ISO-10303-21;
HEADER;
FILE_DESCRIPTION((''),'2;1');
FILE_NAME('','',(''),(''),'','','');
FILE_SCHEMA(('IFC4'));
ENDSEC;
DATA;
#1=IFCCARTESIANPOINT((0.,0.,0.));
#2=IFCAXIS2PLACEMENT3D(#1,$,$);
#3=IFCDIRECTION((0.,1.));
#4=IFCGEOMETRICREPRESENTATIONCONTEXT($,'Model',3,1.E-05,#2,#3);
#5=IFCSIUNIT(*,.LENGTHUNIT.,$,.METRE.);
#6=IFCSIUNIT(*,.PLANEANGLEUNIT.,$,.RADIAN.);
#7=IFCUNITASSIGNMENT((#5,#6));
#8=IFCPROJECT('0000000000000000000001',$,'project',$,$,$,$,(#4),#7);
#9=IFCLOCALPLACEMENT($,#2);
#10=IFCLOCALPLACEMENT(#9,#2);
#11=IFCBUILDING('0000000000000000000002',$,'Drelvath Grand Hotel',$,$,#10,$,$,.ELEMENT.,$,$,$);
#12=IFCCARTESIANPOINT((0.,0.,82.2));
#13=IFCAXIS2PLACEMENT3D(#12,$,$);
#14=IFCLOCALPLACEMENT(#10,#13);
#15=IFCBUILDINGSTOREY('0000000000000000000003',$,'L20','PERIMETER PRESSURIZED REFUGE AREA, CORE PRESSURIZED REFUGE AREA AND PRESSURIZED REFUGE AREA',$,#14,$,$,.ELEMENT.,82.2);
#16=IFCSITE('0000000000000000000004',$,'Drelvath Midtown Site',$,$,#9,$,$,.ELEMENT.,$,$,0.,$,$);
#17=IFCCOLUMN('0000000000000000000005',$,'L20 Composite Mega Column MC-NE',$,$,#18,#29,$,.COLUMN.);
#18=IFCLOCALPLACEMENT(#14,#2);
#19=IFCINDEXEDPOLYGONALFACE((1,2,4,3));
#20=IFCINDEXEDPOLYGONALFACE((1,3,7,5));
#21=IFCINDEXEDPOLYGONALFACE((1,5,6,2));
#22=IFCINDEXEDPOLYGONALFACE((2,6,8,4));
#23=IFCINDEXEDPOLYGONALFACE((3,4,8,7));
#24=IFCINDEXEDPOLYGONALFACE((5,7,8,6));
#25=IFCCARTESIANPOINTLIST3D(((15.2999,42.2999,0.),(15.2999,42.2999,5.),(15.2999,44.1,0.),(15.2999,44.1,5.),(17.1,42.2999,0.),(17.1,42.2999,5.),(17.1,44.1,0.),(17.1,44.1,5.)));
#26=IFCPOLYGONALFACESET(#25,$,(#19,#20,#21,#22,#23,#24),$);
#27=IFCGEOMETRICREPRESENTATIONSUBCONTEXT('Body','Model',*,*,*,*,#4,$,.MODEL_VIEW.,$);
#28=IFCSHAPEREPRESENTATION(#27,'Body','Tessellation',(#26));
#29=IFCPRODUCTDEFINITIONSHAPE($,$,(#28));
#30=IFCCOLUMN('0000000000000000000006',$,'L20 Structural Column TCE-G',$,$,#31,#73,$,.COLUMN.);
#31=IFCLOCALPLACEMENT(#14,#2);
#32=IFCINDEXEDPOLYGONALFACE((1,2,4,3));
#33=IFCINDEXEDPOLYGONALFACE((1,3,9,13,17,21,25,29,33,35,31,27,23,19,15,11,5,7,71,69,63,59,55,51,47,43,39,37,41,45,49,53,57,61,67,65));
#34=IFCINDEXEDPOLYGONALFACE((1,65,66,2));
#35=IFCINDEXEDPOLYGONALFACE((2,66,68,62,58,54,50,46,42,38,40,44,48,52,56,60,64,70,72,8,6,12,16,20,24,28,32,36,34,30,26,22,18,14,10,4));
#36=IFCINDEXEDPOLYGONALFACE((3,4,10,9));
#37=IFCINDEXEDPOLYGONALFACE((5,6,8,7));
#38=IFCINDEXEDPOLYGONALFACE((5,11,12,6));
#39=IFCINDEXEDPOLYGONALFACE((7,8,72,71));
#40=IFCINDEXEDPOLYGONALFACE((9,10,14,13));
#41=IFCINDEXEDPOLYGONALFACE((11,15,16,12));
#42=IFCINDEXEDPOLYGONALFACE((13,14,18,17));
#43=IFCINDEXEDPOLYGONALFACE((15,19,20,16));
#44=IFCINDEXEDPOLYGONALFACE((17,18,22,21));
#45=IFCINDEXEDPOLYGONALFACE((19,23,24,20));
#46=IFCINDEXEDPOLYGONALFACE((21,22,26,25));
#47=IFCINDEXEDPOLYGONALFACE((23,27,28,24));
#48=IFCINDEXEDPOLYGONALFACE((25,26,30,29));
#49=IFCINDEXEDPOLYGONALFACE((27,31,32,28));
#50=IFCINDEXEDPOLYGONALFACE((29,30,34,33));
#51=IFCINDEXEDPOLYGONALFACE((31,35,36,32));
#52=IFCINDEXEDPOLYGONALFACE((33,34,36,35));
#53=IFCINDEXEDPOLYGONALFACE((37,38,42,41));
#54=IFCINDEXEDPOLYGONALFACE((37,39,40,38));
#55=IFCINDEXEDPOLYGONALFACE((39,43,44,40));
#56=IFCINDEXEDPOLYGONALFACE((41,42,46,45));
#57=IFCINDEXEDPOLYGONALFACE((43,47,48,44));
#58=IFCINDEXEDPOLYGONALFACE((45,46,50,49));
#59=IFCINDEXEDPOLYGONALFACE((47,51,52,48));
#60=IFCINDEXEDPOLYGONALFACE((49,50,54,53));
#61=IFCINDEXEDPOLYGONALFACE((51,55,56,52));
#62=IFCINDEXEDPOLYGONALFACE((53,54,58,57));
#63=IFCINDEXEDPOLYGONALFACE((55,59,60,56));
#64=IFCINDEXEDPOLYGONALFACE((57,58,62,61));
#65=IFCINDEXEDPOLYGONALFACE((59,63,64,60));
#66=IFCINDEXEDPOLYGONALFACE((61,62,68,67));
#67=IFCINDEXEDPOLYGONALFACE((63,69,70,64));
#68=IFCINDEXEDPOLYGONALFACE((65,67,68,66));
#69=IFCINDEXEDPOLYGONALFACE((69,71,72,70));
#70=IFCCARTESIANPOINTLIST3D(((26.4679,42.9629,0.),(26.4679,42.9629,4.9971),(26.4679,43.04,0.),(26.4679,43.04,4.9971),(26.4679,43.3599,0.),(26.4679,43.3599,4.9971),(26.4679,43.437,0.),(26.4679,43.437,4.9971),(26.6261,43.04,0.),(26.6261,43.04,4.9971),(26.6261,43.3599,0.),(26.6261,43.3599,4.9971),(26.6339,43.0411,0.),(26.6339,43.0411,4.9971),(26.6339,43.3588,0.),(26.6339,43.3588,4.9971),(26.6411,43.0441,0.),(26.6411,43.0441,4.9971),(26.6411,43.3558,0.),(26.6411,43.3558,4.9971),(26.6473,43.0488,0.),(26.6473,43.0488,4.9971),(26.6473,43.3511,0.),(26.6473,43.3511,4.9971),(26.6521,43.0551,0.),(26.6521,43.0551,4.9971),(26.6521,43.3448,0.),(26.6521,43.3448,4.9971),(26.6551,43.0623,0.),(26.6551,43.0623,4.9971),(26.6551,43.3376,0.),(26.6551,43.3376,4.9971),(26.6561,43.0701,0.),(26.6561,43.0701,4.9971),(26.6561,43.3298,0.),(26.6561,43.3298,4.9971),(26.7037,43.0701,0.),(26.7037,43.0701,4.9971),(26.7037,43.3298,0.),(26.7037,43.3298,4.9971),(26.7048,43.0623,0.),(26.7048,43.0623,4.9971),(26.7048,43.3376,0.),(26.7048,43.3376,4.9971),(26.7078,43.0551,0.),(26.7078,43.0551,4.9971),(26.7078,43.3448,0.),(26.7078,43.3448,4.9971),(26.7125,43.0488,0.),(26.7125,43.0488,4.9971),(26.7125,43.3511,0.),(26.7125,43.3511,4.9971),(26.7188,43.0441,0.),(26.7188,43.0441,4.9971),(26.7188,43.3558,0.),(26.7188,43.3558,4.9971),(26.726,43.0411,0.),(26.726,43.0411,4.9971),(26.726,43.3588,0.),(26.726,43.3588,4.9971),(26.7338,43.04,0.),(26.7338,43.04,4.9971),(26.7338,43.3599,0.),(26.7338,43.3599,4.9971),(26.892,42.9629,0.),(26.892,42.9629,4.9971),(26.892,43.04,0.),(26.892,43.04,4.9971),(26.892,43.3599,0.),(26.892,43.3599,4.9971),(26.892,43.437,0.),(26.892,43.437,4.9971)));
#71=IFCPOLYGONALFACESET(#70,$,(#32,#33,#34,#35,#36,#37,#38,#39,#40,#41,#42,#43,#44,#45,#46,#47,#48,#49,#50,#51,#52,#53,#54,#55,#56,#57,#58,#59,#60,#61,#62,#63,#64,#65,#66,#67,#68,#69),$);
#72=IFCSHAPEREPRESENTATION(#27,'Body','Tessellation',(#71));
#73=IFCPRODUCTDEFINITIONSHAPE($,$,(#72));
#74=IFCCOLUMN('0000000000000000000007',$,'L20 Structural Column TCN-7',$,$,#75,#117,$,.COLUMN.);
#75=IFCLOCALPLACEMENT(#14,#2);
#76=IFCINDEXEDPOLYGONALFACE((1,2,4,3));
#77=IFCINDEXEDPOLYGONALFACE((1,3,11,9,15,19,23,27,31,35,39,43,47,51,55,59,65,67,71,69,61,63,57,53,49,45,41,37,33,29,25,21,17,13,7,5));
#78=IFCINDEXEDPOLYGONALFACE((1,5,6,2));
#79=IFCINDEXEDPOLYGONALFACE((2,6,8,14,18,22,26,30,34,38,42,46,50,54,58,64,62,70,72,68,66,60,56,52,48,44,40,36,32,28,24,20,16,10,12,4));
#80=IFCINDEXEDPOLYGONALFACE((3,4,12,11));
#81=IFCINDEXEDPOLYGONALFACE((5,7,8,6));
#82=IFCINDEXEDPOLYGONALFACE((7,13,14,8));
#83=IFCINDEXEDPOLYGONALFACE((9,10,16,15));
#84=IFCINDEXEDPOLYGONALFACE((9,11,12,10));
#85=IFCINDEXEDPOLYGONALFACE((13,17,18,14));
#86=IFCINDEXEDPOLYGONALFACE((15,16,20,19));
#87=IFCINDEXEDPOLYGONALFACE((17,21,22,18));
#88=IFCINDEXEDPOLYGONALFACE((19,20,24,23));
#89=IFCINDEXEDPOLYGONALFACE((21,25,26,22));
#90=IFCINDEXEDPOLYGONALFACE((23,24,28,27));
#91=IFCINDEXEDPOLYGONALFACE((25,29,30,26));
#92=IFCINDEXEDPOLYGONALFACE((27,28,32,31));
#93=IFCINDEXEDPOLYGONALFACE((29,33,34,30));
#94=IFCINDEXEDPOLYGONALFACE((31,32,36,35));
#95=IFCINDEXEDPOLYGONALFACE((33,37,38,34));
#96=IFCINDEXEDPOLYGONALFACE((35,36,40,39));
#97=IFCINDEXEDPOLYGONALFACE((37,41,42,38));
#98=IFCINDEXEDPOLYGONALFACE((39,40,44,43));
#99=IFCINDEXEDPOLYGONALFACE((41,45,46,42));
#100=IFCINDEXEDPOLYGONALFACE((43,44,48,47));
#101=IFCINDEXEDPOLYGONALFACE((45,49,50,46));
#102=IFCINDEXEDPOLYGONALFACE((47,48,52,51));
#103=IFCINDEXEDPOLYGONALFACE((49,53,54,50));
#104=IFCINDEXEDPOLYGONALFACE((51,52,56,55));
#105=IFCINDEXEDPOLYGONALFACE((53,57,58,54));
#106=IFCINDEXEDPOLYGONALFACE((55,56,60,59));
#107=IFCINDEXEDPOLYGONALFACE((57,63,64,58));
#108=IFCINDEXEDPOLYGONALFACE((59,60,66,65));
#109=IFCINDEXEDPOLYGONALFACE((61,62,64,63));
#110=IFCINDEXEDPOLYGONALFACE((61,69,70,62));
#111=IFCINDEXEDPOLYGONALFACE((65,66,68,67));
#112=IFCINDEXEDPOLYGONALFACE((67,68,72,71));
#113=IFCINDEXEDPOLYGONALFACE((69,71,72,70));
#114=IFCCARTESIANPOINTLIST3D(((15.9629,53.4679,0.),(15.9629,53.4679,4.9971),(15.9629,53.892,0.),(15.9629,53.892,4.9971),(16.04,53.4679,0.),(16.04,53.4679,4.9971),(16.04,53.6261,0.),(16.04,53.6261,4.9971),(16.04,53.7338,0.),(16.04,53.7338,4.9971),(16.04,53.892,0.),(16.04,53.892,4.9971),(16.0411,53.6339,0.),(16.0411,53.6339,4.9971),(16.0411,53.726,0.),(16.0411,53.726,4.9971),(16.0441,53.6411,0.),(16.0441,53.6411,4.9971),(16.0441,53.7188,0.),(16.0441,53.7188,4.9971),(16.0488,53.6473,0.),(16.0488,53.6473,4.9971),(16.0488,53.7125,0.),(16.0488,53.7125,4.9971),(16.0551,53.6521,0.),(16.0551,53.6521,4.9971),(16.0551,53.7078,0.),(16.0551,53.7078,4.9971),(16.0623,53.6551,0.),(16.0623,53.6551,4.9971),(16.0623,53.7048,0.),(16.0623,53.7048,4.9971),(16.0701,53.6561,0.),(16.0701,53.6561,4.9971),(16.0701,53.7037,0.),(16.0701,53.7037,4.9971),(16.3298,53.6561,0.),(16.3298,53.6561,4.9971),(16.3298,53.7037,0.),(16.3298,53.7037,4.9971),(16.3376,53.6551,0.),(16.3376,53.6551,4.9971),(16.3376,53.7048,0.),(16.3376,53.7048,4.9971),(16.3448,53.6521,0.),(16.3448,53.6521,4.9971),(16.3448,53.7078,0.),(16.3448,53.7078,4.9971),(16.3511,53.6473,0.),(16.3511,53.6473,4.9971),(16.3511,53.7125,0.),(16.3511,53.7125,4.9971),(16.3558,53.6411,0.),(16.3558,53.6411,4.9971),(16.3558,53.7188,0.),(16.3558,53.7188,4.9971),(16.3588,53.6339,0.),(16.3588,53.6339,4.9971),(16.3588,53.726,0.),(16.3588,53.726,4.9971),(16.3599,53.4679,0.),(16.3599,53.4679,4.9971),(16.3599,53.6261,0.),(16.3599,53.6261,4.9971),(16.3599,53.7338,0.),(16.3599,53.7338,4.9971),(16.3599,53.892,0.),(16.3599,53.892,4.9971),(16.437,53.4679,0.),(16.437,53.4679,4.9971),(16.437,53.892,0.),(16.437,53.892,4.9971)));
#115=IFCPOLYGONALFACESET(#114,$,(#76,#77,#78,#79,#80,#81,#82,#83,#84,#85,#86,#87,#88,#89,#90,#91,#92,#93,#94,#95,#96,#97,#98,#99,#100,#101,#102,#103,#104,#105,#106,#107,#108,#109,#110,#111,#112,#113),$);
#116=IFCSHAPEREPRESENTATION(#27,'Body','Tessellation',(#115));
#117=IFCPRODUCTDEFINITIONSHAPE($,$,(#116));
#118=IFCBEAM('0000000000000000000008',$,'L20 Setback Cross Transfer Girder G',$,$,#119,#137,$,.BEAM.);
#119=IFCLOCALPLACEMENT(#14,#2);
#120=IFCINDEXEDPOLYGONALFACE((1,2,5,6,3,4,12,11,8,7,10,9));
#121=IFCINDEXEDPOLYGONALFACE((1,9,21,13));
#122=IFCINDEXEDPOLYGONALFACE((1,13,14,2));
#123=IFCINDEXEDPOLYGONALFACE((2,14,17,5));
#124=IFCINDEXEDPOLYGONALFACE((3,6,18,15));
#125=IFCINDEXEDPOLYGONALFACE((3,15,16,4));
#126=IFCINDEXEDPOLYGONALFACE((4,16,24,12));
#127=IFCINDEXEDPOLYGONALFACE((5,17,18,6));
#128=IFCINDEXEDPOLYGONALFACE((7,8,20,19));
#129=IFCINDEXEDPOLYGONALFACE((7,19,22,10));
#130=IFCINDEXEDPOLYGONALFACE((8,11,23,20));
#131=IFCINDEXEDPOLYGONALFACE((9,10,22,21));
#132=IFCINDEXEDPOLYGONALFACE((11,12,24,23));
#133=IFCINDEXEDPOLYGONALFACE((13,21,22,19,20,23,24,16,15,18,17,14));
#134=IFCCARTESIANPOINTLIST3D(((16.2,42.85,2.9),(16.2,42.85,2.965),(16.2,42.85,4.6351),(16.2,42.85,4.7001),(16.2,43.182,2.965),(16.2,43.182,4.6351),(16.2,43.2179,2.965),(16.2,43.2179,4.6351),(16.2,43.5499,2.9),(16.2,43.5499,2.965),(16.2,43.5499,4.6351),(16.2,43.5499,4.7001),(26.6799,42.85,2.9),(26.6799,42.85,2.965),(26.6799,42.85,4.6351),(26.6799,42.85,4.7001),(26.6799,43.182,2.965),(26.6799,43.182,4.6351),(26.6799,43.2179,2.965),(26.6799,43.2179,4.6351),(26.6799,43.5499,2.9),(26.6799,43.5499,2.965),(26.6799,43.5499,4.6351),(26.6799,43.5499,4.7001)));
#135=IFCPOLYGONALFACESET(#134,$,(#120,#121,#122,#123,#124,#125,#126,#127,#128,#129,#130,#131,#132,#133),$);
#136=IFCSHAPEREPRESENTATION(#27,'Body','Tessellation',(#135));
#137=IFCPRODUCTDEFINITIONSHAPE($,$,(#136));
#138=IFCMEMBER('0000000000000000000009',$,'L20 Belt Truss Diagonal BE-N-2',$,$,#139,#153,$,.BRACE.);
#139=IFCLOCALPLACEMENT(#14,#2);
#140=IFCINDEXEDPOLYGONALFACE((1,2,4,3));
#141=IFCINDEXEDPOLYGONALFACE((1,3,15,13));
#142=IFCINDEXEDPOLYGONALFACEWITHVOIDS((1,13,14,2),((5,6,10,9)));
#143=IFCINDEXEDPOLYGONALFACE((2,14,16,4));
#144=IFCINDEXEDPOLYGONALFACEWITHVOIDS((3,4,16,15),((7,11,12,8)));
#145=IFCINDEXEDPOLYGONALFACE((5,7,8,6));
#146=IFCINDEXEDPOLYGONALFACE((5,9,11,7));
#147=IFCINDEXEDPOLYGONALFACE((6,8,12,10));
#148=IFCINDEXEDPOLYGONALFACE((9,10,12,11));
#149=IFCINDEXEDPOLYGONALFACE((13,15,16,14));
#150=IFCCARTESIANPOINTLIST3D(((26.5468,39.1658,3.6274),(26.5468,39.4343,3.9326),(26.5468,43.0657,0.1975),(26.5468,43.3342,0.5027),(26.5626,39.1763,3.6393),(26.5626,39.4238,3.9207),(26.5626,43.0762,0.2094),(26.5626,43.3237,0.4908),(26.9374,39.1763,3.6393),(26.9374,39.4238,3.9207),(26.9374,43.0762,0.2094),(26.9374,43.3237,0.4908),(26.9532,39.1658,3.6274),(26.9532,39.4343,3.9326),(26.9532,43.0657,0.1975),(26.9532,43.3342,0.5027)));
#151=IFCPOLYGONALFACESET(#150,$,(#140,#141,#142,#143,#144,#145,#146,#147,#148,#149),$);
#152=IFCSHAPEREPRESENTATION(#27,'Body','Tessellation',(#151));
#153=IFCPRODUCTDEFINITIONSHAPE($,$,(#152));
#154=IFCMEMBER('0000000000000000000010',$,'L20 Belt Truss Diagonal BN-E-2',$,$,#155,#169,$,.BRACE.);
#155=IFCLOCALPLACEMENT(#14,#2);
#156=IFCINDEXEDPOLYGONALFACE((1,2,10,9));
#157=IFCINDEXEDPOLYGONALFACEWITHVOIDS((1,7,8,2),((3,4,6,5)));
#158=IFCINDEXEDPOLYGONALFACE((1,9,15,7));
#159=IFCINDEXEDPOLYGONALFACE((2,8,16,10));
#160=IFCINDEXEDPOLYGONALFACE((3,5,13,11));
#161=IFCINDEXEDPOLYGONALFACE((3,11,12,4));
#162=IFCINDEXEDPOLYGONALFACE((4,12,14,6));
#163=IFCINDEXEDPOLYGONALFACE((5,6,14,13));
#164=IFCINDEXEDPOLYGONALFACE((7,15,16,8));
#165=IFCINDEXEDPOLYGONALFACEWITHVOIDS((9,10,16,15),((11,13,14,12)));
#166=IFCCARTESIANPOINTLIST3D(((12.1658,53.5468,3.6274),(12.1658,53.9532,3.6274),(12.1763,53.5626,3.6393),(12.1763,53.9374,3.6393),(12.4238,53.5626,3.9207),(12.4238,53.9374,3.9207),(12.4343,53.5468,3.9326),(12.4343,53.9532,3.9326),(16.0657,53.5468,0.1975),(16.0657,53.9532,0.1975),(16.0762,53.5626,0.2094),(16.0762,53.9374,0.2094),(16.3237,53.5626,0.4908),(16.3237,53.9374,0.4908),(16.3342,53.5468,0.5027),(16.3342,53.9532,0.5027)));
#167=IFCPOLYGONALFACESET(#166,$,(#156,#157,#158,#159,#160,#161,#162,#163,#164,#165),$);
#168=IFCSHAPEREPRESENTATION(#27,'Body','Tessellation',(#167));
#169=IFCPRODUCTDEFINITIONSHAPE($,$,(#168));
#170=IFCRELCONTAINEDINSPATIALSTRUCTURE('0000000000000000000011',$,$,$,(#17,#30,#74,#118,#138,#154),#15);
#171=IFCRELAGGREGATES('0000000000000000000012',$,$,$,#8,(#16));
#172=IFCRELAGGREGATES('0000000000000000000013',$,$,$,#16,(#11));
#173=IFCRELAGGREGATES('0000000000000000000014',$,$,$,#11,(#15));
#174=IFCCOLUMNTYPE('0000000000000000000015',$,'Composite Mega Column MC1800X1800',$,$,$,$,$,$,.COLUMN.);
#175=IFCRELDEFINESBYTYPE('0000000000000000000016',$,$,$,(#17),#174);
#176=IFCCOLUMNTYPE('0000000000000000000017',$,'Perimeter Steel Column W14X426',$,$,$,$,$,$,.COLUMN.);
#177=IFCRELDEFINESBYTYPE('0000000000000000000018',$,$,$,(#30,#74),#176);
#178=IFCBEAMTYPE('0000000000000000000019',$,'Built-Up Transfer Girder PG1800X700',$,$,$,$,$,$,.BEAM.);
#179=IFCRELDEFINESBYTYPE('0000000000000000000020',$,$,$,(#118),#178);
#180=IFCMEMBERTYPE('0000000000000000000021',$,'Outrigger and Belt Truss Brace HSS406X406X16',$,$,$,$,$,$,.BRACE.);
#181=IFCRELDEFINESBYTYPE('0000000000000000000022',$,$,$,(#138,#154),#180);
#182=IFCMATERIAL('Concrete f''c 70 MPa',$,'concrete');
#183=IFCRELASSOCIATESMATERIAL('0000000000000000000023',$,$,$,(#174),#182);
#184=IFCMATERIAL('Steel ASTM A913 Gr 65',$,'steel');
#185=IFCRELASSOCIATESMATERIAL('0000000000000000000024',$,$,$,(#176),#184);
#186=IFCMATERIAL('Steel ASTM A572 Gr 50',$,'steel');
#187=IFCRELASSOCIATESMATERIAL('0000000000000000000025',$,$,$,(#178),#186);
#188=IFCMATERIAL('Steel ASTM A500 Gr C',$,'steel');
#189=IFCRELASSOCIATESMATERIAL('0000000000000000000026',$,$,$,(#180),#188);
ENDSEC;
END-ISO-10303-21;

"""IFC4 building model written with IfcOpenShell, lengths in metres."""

from ifc_helpers import new_model, si_unit, direction, frame, origin, origin_2d, place, context, subcontext, project, spatial, rectangle, hollow_rectangle, i_section, extrude, material, material_profile, profile_set, type_object, element, save


model = new_model("IFC4")

# Units and contexts
model_context = context("Model", 3, precision=1e-05, world=origin(), true_north=direction((0.0, 1.0)))
body_context = subcontext(model_context, "Body", "Model", "MODEL_VIEW")
ifc_project = project(units=[si_unit("LENGTHUNIT", "METRE"), si_unit("PLANEANGLEUNIT", "RADIAN")], contexts=[model_context])

# Site, building, storey
site_placement = place(None, origin())
site = spatial("IfcSite", under=ifc_project, at=site_placement, Name="Drelvath Midtown Site", CompositionType="ELEMENT", RefElevation=0.0)
building_placement = place(site_placement, origin())
building = spatial("IfcBuilding", under=site, at=building_placement, Name="Drelvath Grand Hotel", CompositionType="ELEMENT")
storey_placement = place(building_placement, frame((0.0, 0.0, 82.2)))
storey = spatial("IfcBuildingStorey", under=building, at=storey_placement, Name="L20", Description="PERIMETER PRESSURIZED REFUGE AREA, CORE PRESSURIZED REFUGE AREA AND PRESSURIZED REFUGE AREA", CompositionType="ELEMENT", Elevation=82.2)

# Columns
ifc_material_1 = material(Name="Concrete f'c 70 MPa", Category="concrete")
ifc_material_profile_1 = material_profile(ifc_material_1, rectangle(XDim=1.8, YDim=1.8, at=origin_2d()), Name="MC1800X1800")
ifc_profile_set_1 = profile_set([ifc_material_profile_1], Name="Concrete f'c 70 MPa")
column_type_1 = type_object("IfcColumnType", Name="Composite Mega Column MC1800X1800", PredefinedType="COLUMN", material=ifc_profile_set_1)
column_placement = place(storey_placement, frame((16.2, 43.2, 0.0), z_axis=(0.0, 0.0, 1.0), x_axis=(1.0, 0.0, 0.0)))
element("IfcColumn", 1, at=column_placement, inside=storey, type_object=column_type_1, Name="L20 Composite Mega Column MC-NE", PredefinedType="COLUMN", context=body_context, shape_type="SweptSolid", body=[
    extrude(rectangle(XDim=1.8, YDim=1.8, at=origin_2d()), origin(), (0.0, 0.0, 1.0), 5.0),
])
ifc_material_2 = material(Name="Steel ASTM A913 Gr 65", Category="steel")
ifc_material_profile_2 = material_profile(ifc_material_2, i_section(OverallWidth=0.4241, OverallDepth=0.4741, WebThickness=0.0476, FlangeThickness=0.0771, FilletRadius=0.03, at=origin_2d()), Name="W14X426")
ifc_profile_set_2 = profile_set([ifc_material_profile_2], Name="Steel ASTM A913 Gr 65")
column_type_2 = type_object("IfcColumnType", Name="Perimeter Steel Column W14X426", PredefinedType="COLUMN", material=ifc_profile_set_2)
for number, where, z_axis, x_axis, name in (
    (2, (26.6799, 43.2, 0.0), (0.0, 0.0, 1.0), (1.0, 0.0, 0.0), "L20 Structural Column TCE-G"),
    (3, (16.2, 53.6799, 0.0), (0.0, 0.0, 1.0), (0.0, 1.0, 0.0), "L20 Structural Column TCN-7"),
):
    element("IfcColumn", number, at=place(storey_placement, frame(where, z_axis=z_axis, x_axis=x_axis)), inside=storey, type_object=column_type_2, Name=name, PredefinedType="COLUMN", context=body_context, shape_type="SweptSolid", body=[
        extrude(i_section(OverallWidth=0.4241, OverallDepth=0.4741, WebThickness=0.0476, FlangeThickness=0.0771, FilletRadius=0.03, at=origin_2d()), origin(), (0.0, 0.0, 1.0), 4.9971),
    ])

# Beam
ifc_material_3 = material(Name="Steel ASTM A572 Gr 50", Category="steel")
ifc_material_profile_3 = material_profile(ifc_material_3, i_section(OverallWidth=0.7, OverallDepth=1.8, WebThickness=0.0359, FlangeThickness=0.0649, at=origin_2d()), Name="PG1800X700")
ifc_profile_set_3 = profile_set([ifc_material_profile_3], Name="Steel ASTM A572 Gr 50")
beam_type_1 = type_object("IfcBeamType", Name="Built-Up Transfer Girder PG1800X700", PredefinedType="BEAM", material=ifc_profile_set_3)
beam_1_placement = place(storey_placement, frame((16.2, 43.2, 3.8), z_axis=(1.0, 0.0, 0.0), x_axis=(0.0, 1.0, 0.0)))
element("IfcBeam", 4, at=beam_1_placement, inside=storey, type_object=beam_type_1, Name="L20 Setback Cross Transfer Girder G", PredefinedType="BEAM", context=body_context, shape_type="SweptSolid", body=[
    extrude(i_section(OverallWidth=0.7, OverallDepth=1.8, WebThickness=0.0359, FlangeThickness=0.0649, at=origin_2d()), origin(), (0.0, 0.0, 1.0), 10.48),
])

# Members
ifc_material_4 = material(Name="Steel ASTM A500 Gr C", Category="steel")
ifc_material_profile_4 = material_profile(ifc_material_4, hollow_rectangle(XDim=0.4065, YDim=0.4065, WallThickness=0.0159, at=origin_2d()), Name="HSS406X406X16")
ifc_profile_set_4 = profile_set([ifc_material_profile_4], Name="Steel ASTM A500 Gr C")
member_type = type_object("IfcMemberType", Name="Outrigger and Belt Truss Brace HSS406X406X16", PredefinedType="BRACE", material=ifc_profile_set_4)
for number, where, z_axis, x_axis, name in (
    (5, (26.75, 39.3, 3.78), (0.0, 0.750903, -0.660413), (-1.0, 0.0, 0.0), "L20 Belt Truss Diagonal BE-N-2"),
    (6, (12.3, 53.75, 3.78), (0.750903, 0.0, -0.660413), (0.0, 1.0, 0.0), "L20 Belt Truss Diagonal BN-E-2"),
):
    element("IfcMember", number, at=place(storey_placement, frame(where, z_axis=z_axis, x_axis=x_axis)), inside=storey, type_object=member_type, Name=name, PredefinedType="BRACE", context=body_context, shape_type="SweptSolid", body=[
        extrude(hollow_rectangle(XDim=0.4065, YDim=0.4065, WallThickness=0.0159, at=origin_2d()), origin(), (0.0, 0.0, 1.0), 5.1936),
    ])

save(model, "model.ifc")
